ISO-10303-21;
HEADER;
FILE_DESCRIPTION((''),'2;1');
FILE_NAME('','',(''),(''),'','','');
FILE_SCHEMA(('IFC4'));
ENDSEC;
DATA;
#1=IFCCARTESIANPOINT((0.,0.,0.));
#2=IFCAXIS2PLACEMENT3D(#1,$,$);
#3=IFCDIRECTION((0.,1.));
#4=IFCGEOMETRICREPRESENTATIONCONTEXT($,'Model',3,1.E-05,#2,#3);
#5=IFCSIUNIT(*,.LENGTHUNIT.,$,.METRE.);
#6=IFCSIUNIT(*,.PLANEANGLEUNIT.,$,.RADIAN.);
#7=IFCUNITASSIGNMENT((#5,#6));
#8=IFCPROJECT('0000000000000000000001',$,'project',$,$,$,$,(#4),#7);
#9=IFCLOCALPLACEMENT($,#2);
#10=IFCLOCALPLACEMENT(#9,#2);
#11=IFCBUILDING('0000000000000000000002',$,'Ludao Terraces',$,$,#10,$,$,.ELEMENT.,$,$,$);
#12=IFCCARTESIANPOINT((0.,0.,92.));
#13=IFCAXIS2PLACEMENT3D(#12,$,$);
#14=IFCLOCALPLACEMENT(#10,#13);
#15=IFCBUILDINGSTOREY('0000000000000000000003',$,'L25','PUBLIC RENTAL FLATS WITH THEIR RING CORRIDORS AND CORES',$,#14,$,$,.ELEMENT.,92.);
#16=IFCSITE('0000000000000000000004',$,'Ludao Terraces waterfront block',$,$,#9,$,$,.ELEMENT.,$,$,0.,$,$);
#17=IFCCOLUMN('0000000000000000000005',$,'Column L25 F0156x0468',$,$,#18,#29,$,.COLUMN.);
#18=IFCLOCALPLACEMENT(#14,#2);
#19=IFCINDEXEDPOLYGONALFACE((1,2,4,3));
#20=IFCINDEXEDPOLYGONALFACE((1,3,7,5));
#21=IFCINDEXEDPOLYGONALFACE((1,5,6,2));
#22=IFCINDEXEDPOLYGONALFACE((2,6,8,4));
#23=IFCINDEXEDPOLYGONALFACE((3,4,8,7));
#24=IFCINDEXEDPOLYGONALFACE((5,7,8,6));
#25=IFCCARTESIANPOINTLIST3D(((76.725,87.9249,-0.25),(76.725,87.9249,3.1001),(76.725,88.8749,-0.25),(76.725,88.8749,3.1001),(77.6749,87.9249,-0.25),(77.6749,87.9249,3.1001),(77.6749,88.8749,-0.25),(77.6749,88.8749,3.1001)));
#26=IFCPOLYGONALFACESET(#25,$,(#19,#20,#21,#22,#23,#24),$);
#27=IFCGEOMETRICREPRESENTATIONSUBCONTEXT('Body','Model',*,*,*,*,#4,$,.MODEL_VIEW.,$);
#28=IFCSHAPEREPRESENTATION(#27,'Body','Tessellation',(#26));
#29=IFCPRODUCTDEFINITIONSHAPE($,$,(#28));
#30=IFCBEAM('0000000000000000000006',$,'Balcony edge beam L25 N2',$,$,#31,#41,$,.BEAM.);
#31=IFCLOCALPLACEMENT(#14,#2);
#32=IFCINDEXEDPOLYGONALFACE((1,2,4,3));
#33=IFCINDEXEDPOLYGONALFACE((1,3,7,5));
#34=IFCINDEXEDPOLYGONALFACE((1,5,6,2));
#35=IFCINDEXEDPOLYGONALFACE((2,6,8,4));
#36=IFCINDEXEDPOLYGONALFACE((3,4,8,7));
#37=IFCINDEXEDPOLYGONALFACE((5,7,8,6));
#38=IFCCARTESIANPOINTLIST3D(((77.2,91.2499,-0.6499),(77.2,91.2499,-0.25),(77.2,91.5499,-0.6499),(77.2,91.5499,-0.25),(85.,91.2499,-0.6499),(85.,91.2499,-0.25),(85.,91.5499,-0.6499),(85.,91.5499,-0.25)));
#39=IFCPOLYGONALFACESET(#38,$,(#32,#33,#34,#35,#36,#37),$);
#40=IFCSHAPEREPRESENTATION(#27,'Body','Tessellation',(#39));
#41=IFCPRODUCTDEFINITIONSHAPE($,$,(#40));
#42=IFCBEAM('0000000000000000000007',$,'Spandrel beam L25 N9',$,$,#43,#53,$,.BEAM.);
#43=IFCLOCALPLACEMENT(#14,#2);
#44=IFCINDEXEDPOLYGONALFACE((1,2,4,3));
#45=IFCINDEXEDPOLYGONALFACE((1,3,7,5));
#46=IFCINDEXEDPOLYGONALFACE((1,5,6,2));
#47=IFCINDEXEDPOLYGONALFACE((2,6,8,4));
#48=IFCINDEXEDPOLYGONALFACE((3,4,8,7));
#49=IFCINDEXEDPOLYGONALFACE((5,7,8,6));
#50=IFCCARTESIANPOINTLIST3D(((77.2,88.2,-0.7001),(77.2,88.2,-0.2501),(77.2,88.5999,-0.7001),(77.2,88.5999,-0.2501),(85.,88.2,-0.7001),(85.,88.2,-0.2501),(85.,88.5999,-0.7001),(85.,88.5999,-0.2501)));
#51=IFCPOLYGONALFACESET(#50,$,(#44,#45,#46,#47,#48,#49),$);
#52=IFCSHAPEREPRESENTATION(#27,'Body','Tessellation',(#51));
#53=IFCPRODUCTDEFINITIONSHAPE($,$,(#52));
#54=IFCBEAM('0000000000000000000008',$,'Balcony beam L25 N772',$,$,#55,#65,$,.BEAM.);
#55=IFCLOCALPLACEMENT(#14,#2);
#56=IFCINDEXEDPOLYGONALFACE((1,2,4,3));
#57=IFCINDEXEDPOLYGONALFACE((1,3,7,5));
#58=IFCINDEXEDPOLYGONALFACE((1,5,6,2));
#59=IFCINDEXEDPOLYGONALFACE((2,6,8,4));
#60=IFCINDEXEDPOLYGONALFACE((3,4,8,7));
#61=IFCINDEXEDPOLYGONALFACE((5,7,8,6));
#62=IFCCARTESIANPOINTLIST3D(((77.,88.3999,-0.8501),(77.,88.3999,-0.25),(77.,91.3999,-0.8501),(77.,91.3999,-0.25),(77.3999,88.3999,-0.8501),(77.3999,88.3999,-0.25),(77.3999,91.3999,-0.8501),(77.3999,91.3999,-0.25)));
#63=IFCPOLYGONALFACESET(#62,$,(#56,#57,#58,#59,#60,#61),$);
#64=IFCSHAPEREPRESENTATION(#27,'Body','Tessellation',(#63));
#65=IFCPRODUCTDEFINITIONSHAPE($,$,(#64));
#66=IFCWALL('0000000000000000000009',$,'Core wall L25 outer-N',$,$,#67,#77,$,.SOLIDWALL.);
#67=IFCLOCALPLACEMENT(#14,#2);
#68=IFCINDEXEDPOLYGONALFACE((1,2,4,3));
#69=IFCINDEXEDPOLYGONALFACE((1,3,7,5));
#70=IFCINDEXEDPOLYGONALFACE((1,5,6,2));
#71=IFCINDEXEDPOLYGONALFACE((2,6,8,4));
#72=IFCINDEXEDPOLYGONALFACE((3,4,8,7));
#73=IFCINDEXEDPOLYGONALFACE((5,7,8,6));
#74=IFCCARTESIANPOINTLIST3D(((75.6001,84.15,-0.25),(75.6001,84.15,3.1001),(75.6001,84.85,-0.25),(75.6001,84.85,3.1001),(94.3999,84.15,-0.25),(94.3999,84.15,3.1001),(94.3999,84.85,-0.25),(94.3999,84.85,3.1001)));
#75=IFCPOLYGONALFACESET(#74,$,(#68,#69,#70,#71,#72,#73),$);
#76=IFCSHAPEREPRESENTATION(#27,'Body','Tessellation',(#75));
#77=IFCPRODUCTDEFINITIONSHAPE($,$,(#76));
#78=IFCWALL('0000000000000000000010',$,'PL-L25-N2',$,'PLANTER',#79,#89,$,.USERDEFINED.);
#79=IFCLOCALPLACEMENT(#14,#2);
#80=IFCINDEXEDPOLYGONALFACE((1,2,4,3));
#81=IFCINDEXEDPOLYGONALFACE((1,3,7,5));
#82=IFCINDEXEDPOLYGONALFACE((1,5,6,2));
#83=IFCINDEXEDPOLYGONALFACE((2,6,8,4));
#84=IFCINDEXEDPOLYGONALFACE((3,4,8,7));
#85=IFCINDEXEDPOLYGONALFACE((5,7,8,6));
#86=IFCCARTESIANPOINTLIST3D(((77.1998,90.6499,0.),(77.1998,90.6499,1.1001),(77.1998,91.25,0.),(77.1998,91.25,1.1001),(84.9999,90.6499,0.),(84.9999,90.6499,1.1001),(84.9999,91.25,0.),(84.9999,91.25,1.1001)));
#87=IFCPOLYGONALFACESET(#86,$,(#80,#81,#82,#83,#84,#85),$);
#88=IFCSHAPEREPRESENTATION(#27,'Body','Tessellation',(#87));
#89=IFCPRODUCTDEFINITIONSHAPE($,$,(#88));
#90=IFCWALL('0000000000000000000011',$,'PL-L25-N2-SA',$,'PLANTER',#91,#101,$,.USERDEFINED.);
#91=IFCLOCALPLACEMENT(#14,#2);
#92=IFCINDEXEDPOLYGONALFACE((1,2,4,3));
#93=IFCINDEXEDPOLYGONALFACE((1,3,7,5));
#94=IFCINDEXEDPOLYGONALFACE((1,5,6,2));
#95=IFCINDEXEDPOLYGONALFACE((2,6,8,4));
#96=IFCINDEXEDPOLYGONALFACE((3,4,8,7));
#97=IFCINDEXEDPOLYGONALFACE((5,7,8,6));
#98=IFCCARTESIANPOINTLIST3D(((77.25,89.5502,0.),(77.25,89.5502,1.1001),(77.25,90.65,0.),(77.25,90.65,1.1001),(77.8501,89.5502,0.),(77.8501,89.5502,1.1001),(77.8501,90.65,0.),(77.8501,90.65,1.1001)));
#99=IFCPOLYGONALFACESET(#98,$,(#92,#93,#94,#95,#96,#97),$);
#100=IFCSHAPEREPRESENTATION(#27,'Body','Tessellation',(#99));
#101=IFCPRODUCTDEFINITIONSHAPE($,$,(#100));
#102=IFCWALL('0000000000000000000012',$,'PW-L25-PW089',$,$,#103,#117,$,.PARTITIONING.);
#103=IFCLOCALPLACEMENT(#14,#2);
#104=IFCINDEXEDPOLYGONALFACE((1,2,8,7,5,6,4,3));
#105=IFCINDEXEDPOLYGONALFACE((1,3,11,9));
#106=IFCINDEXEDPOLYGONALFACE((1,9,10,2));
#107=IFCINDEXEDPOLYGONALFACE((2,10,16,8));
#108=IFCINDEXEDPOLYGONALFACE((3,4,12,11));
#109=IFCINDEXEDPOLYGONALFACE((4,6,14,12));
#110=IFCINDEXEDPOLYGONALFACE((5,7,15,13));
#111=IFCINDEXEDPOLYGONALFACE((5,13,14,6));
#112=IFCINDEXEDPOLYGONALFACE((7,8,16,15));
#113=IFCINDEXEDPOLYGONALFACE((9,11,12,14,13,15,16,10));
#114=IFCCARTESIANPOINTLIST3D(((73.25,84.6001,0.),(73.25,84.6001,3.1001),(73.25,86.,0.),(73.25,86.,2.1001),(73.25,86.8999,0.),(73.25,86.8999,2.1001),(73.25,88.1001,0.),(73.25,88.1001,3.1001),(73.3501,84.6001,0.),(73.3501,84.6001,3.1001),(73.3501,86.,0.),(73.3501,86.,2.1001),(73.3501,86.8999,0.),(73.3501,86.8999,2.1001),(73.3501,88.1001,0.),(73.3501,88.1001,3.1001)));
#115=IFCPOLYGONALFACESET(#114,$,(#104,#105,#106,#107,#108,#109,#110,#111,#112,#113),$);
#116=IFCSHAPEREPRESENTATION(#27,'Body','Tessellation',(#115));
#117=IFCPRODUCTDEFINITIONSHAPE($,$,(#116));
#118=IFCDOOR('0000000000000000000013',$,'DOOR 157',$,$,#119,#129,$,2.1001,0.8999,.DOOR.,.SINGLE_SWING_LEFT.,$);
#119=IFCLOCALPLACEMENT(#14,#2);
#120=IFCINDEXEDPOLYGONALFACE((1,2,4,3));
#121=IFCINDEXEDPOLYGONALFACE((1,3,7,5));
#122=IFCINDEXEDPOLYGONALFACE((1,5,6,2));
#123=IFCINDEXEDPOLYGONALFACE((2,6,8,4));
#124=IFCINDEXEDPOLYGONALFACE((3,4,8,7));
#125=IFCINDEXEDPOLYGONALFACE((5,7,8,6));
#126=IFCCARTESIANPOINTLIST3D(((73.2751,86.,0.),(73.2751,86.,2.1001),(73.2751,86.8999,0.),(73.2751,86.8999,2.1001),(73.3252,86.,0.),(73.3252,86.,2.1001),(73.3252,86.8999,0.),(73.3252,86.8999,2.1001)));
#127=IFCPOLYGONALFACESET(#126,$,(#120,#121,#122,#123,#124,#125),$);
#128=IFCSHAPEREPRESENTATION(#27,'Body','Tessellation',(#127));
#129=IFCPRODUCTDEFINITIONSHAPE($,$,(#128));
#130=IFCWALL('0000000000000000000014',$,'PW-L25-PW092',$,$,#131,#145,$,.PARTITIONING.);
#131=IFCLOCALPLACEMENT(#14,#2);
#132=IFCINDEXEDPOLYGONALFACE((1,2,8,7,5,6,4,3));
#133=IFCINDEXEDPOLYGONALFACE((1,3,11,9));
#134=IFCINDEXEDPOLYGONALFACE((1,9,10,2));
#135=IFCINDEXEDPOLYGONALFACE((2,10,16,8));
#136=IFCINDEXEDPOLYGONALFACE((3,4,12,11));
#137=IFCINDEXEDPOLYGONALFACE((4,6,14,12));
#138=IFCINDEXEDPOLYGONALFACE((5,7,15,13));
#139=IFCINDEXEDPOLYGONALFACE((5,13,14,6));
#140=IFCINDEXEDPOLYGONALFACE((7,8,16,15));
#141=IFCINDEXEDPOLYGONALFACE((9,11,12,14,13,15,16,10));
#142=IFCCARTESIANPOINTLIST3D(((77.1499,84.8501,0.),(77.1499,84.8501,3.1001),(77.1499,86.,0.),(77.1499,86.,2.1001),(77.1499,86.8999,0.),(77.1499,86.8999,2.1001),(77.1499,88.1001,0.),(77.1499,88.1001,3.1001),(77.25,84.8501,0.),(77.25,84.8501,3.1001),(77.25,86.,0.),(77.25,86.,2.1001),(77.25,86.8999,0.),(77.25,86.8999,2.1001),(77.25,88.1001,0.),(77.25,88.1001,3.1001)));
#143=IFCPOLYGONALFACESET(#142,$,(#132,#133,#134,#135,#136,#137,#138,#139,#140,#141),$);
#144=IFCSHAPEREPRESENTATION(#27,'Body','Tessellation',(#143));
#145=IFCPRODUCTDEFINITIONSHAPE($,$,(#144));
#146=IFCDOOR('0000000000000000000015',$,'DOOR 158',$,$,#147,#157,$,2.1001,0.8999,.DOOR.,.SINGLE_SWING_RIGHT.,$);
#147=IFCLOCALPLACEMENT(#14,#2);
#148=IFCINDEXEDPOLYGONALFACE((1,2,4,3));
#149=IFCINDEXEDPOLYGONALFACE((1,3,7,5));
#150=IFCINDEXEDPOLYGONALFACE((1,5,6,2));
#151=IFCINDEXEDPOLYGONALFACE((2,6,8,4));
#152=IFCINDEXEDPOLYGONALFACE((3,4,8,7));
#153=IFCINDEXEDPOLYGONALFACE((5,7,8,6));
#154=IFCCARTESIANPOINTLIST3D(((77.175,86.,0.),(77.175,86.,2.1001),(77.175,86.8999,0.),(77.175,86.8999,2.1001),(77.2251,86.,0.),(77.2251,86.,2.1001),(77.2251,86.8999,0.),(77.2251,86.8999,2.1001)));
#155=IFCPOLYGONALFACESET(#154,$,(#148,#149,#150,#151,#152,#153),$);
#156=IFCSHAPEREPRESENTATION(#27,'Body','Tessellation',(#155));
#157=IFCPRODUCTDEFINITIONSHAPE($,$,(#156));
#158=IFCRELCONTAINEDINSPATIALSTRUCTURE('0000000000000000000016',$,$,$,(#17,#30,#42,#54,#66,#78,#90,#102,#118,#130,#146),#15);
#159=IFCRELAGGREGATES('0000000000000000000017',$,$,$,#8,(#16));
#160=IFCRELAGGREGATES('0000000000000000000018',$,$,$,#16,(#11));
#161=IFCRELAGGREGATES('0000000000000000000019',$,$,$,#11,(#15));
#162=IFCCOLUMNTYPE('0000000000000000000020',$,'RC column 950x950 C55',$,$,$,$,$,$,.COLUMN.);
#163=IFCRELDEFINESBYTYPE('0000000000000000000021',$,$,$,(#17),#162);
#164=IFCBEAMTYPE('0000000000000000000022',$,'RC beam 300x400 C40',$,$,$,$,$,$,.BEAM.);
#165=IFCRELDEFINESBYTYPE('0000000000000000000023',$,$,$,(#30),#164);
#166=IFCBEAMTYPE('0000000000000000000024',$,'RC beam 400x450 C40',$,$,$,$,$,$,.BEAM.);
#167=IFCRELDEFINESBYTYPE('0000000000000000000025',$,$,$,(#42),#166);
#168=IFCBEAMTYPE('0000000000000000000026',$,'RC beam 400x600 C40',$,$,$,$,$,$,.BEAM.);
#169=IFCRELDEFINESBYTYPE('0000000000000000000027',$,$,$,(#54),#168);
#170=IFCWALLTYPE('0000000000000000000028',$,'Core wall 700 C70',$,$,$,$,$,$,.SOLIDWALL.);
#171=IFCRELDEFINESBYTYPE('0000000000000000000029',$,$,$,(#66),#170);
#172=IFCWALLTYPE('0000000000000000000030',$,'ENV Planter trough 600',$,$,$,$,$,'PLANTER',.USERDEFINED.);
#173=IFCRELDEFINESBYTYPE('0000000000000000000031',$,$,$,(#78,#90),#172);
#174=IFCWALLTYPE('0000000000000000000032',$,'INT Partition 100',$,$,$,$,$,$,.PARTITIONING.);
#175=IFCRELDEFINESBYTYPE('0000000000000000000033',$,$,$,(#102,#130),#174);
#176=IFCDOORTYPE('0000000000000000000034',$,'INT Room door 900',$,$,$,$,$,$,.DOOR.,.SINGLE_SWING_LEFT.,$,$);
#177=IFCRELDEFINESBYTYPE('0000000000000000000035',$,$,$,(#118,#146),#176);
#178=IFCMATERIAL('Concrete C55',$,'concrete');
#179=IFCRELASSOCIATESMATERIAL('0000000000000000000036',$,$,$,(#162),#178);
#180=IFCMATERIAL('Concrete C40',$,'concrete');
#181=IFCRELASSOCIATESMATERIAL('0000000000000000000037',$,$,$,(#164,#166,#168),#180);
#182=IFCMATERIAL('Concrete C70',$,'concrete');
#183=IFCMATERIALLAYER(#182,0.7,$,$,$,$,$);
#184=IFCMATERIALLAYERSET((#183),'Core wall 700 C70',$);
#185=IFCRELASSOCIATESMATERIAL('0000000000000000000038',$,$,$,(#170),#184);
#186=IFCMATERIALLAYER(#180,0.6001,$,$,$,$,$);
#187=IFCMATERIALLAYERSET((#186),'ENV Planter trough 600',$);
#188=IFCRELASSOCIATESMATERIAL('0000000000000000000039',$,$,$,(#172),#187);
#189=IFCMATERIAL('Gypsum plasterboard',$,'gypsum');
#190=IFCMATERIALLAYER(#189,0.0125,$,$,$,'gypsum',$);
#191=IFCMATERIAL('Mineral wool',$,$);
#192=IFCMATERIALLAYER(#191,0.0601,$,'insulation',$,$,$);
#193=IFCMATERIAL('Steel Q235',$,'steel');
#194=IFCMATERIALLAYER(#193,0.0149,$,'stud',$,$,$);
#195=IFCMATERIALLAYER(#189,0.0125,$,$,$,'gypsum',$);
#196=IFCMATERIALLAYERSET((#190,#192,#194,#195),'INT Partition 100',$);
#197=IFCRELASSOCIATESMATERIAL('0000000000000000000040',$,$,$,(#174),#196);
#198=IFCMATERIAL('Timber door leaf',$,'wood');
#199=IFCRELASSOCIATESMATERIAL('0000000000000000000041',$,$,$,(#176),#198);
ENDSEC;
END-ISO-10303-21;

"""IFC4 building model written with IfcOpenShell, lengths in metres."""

from ifc_helpers import new_model, si_unit, direction, frame, frame_2d, origin, origin_2d, place, context, subcontext, project, spatial, rectangle, extrude, material, layer, layer_set, material_profile, profile_set, type_object, element, fill, save


model = new_model("IFC4")

# Units and contexts
model_context = context("Model", 3, precision=1e-05, world=origin(), true_north=direction((0.0, 1.0)))
body_context = subcontext(model_context, "Body", "Model", "MODEL_VIEW")
ifc_project = project(units=[si_unit("LENGTHUNIT", "METRE"), si_unit("PLANEANGLEUNIT", "RADIAN")], contexts=[model_context])

# Site, building, storey
site_placement = place(None, origin())
site = spatial("IfcSite", under=ifc_project, at=site_placement, Name="Ludao Terraces waterfront block", CompositionType="ELEMENT", RefElevation=0.0)
building_placement = place(site_placement, origin())
building = spatial("IfcBuilding", under=site, at=building_placement, Name="Ludao Terraces", CompositionType="ELEMENT")
storey_placement = place(building_placement, frame((0.0, 0.0, 92.0)))
storey = spatial("IfcBuildingStorey", under=building, at=storey_placement, Name="L25", Description="PUBLIC RENTAL FLATS WITH THEIR RING CORRIDORS AND CORES", CompositionType="ELEMENT", Elevation=92.0)

# Column
ifc_material_1 = material(Name="Concrete C55", Category="concrete")
ifc_material_profile_1 = material_profile(ifc_material_1, rectangle(XDim=0.95, YDim=0.95, at=origin_2d()), Name="950 X 950")
ifc_profile_set_1 = profile_set([ifc_material_profile_1], Name="Concrete C55")
column_type = type_object("IfcColumnType", Name="RC column 950x950 C55", PredefinedType="COLUMN", material=ifc_profile_set_1)
column_placement = place(storey_placement, frame((77.2, 88.3999, -0.25), z_axis=(0.0, 0.0, 1.0), x_axis=(1.0, 0.0, 0.0)))
element("IfcColumn", 1, at=column_placement, inside=storey, type_object=column_type, Name="Column L25 F0156x0468", PredefinedType="COLUMN", context=body_context, shape_type="SweptSolid", body=[
    extrude(rectangle(XDim=0.95, YDim=0.95, at=origin_2d()), origin(), (0.0, 0.0, 1.0), 3.3501),
])

# Beams
ifc_material_2 = material(Name="Concrete C40", Category="concrete")
ifc_material_profile_2 = material_profile(ifc_material_2, rectangle(XDim=0.3, YDim=0.3999, at=origin_2d()), Name="300 X 400")
ifc_profile_set_2 = profile_set([ifc_material_profile_2], Name="Concrete C40")
beam_type_1 = type_object("IfcBeamType", Name="RC beam 300x400 C40", PredefinedType="BEAM", material=ifc_profile_set_2)
beam_1_placement = place(storey_placement, frame((77.2, 91.3999, -0.45), z_axis=(1.0, 0.0, 0.0), x_axis=(0.0, 1.0, 0.0)))
element("IfcBeam", 2, at=beam_1_placement, inside=storey, type_object=beam_type_1, Name="Balcony edge beam L25 N2", PredefinedType="BEAM", context=body_context, shape_type="SweptSolid", body=[
    extrude(rectangle(XDim=0.3, YDim=0.3999, at=origin_2d()), origin(), (0.0, 0.0, 1.0), 7.8),
])
ifc_material_profile_3 = material_profile(ifc_material_2, rectangle(XDim=0.3999, YDim=0.45, at=origin_2d()), Name="400 X 450")
ifc_profile_set_3 = profile_set([ifc_material_profile_3], Name="Concrete C40")
beam_type_2 = type_object("IfcBeamType", Name="RC beam 400x450 C40", PredefinedType="BEAM", material=ifc_profile_set_3)
beam_2_placement = place(storey_placement, frame((77.2, 88.3999, -0.4751), z_axis=(1.0, 0.0, 0.0), x_axis=(0.0, 1.0, 0.0)))
element("IfcBeam", 3, at=beam_2_placement, inside=storey, type_object=beam_type_2, Name="Spandrel beam L25 N9", PredefinedType="BEAM", context=body_context, shape_type="SweptSolid", body=[
    extrude(rectangle(XDim=0.3999, YDim=0.45, at=origin_2d()), origin(), (0.0, 0.0, 1.0), 7.8),
])
ifc_material_profile_4 = material_profile(ifc_material_2, rectangle(XDim=0.3999, YDim=0.6001, at=origin_2d()), Name="400 X 600")
ifc_profile_set_4 = profile_set([ifc_material_profile_4], Name="Concrete C40")
beam_type_3 = type_object("IfcBeamType", Name="RC beam 400x600 C40", PredefinedType="BEAM", material=ifc_profile_set_4)
beam_3_placement = place(storey_placement, frame((77.2, 88.3999, -0.55), z_axis=(0.0, 1.0, 0.0), x_axis=(-1.0, 0.0, 0.0)))
element("IfcBeam", 4, at=beam_3_placement, inside=storey, type_object=beam_type_3, Name="Balcony beam L25 N772", PredefinedType="BEAM", context=body_context, shape_type="SweptSolid", body=[
    extrude(rectangle(XDim=0.3999, YDim=0.6001, at=origin_2d()), origin(), (0.0, 0.0, 1.0), 3.0),
])

# Walls
ifc_material_3 = material(Name="Concrete C70", Category="concrete")
ifc_layer_1 = layer(ifc_material_3, 0.7)
ifc_layer_set_1 = layer_set([ifc_layer_1], Name="Core wall 700 C70")
wall_type_1 = type_object("IfcWallType", Name="Core wall 700 C70", PredefinedType="SOLIDWALL", material=ifc_layer_set_1)
wall_1_placement = place(storey_placement, frame((75.6001, 84.5, -0.25), z_axis=(0.0, 0.0, 1.0), x_axis=(1.0, 0.0, 0.0)))
element("IfcWall", 5, at=wall_1_placement, inside=storey, type_object=wall_type_1, Name="Core wall L25 outer-N", PredefinedType="SOLIDWALL", context=body_context, shape_type="SweptSolid", body=[
    extrude(rectangle(XDim=18.7998, YDim=0.7, at=frame_2d((9.3999, 0.0))), origin(), (0.0, 0.0, 1.0), 3.3501),
])
ifc_layer_2 = layer(ifc_material_2, 0.6001)
ifc_layer_set_2 = layer_set([ifc_layer_2], Name="ENV Planter trough 600")
wall_type_2 = type_object("IfcWallType", Name="ENV Planter trough 600", ElementType="PLANTER", PredefinedType="USERDEFINED", material=ifc_layer_set_2)
wall_2_placement = place(storey_placement, frame((77.2, 90.95, 0.0), z_axis=(0.0, 0.0, 1.0), x_axis=(1.0, 0.0, 0.0)))
element("IfcWall", 6, at=wall_2_placement, inside=storey, type_object=wall_type_2, Name="PL-L25-N2", ObjectType="PLANTER", PredefinedType="USERDEFINED", context=body_context, shape_type="SweptSolid", body=[
    extrude(rectangle(XDim=7.8, YDim=0.6001, at=frame_2d((3.8999, 0.0))), origin(), (0.0, 0.0, 1.0), 1.1001),
])
wall_3_placement = place(storey_placement, frame((77.55, 90.6499, 0.0), z_axis=(0.0, 0.0, 1.0), x_axis=(0.0, -1.0, 0.0)))
element("IfcWall", 7, at=wall_3_placement, inside=storey, type_object=wall_type_2, Name="PL-L25-N2-SA", ObjectType="PLANTER", PredefinedType="USERDEFINED", context=body_context, shape_type="SweptSolid", body=[
    extrude(rectangle(XDim=1.0999, YDim=0.6001, at=frame_2d((0.5498, 0.0))), origin(), (0.0, 0.0, 1.0), 1.1001),
])

# Shared definitions
ifc_material_4 = material(Name="Mineral wool")

# Walls, openings, doors
ifc_material_5 = material(Name="Gypsum plasterboard", Category="gypsum")
ifc_layer_3 = layer(ifc_material_5, 0.0125, Category="gypsum")
ifc_layer_4 = layer(ifc_material_4, 0.0601, Name="insulation")
ifc_material_6 = material(Name="Steel Q235", Category="steel")
ifc_layer_5 = layer(ifc_material_6, 0.0149, Name="stud")
ifc_layer_6 = layer(ifc_material_5, 0.0125, Category="gypsum")
ifc_layer_set_3 = layer_set([ifc_layer_3, ifc_layer_4, ifc_layer_5, ifc_layer_6], Name="INT Partition 100")
wall_type_3 = type_object("IfcWallType", Name="INT Partition 100", PredefinedType="PARTITIONING", material=ifc_layer_set_3)
wall_4_placement = place(storey_placement, frame((73.3, 84.6001, 0.0), z_axis=(0.0, 0.0, 1.0), x_axis=(0.0, 1.0, 0.0)))
wall_4 = element("IfcWall", 8, at=wall_4_placement, inside=storey, type_object=wall_type_3, Name="PW-L25-PW089", PredefinedType="PARTITIONING", context=body_context, shape_type="SweptSolid", body=[
    extrude(rectangle(XDim=3.5, YDim=0.1001, at=frame_2d((1.75, 0.0))), origin(), (0.0, 0.0, 1.0), 3.1001),
])
opening_1_placement = place(wall_4_placement, frame((1.3999, 0.0, 0.0)))
opening_1 = element("IfcOpeningElement", 9, at=opening_1_placement, cuts=wall_4, PredefinedType="OPENING", context=body_context, shape_type="SweptSolid", body=[
    extrude(rectangle(XDim=0.8999, YDim=2.1001, at=frame_2d((0.45, 1.05))), frame((0.0, 0.0601, 0.0), z_axis=(0.0, -1.0, 0.0), x_axis=(1.0, 0.0, 0.0)), (0.0, 0.0, 1.0), 0.1201),
])
ifc_material_7 = material(Name="Timber door leaf", Category="wood")
door_type_1 = type_object("IfcDoorType", Name="INT Room door 900", OperationType="SINGLE_SWING_LEFT", PredefinedType="DOOR", material=ifc_material_7)
door_1_placement = place(opening_1_placement, origin())
door_1 = element("IfcDoor", 10, at=door_1_placement, inside=storey, type_object=door_type_1, Name="DOOR 157", OperationType="SINGLE_SWING_LEFT", OverallHeight=2.1001, OverallWidth=0.8999, PredefinedType="DOOR", context=body_context, shape_type="SweptSolid", body=[
    extrude(rectangle(XDim=0.8999, YDim=2.1001, at=frame_2d((0.45, 1.05))), frame((0.0, 0.0249, 0.0), z_axis=(0.0, -1.0, 0.0), x_axis=(1.0, 0.0, 0.0)), (0.0, 0.0, 1.0), 0.05),
])
fill(opening_1, door_1)
wall_5_placement = place(storey_placement, frame((77.2, 84.8501, 0.0), z_axis=(0.0, 0.0, 1.0), x_axis=(0.0, 1.0, 0.0)))
wall_5 = element("IfcWall", 11, at=wall_5_placement, inside=storey, type_object=wall_type_3, Name="PW-L25-PW092", PredefinedType="PARTITIONING", context=body_context, shape_type="SweptSolid", body=[
    extrude(rectangle(XDim=3.25, YDim=0.1001, at=frame_2d((1.625, 0.0))), origin(), (0.0, 0.0, 1.0), 3.1001),
])
opening_2_placement = place(wall_5_placement, frame((1.1499, 0.0, 0.0)))
opening_2 = element("IfcOpeningElement", 12, at=opening_2_placement, cuts=wall_5, PredefinedType="OPENING", context=body_context, shape_type="SweptSolid", body=[
    extrude(rectangle(XDim=0.8999, YDim=2.1001, at=frame_2d((0.45, 1.05))), frame((0.0, 0.0601, 0.0), z_axis=(0.0, -1.0, 0.0), x_axis=(1.0, 0.0, 0.0)), (0.0, 0.0, 1.0), 0.1201),
])
door_2_placement = place(opening_2_placement, origin())
door_2 = element("IfcDoor", 13, at=door_2_placement, inside=storey, type_object=door_type_1, Name="DOOR 158", OperationType="SINGLE_SWING_RIGHT", OverallHeight=2.1001, OverallWidth=0.8999, PredefinedType="DOOR", context=body_context, shape_type="SweptSolid", body=[
    extrude(rectangle(XDim=0.8999, YDim=2.1001, at=frame_2d((0.45, 1.05))), frame((0.0, 0.0249, 0.0), z_axis=(0.0, -1.0, 0.0), x_axis=(1.0, 0.0, 0.0)), (0.0, 0.0, 1.0), 0.05),
])
fill(opening_2, door_2)

save(model, "model.ifc")
